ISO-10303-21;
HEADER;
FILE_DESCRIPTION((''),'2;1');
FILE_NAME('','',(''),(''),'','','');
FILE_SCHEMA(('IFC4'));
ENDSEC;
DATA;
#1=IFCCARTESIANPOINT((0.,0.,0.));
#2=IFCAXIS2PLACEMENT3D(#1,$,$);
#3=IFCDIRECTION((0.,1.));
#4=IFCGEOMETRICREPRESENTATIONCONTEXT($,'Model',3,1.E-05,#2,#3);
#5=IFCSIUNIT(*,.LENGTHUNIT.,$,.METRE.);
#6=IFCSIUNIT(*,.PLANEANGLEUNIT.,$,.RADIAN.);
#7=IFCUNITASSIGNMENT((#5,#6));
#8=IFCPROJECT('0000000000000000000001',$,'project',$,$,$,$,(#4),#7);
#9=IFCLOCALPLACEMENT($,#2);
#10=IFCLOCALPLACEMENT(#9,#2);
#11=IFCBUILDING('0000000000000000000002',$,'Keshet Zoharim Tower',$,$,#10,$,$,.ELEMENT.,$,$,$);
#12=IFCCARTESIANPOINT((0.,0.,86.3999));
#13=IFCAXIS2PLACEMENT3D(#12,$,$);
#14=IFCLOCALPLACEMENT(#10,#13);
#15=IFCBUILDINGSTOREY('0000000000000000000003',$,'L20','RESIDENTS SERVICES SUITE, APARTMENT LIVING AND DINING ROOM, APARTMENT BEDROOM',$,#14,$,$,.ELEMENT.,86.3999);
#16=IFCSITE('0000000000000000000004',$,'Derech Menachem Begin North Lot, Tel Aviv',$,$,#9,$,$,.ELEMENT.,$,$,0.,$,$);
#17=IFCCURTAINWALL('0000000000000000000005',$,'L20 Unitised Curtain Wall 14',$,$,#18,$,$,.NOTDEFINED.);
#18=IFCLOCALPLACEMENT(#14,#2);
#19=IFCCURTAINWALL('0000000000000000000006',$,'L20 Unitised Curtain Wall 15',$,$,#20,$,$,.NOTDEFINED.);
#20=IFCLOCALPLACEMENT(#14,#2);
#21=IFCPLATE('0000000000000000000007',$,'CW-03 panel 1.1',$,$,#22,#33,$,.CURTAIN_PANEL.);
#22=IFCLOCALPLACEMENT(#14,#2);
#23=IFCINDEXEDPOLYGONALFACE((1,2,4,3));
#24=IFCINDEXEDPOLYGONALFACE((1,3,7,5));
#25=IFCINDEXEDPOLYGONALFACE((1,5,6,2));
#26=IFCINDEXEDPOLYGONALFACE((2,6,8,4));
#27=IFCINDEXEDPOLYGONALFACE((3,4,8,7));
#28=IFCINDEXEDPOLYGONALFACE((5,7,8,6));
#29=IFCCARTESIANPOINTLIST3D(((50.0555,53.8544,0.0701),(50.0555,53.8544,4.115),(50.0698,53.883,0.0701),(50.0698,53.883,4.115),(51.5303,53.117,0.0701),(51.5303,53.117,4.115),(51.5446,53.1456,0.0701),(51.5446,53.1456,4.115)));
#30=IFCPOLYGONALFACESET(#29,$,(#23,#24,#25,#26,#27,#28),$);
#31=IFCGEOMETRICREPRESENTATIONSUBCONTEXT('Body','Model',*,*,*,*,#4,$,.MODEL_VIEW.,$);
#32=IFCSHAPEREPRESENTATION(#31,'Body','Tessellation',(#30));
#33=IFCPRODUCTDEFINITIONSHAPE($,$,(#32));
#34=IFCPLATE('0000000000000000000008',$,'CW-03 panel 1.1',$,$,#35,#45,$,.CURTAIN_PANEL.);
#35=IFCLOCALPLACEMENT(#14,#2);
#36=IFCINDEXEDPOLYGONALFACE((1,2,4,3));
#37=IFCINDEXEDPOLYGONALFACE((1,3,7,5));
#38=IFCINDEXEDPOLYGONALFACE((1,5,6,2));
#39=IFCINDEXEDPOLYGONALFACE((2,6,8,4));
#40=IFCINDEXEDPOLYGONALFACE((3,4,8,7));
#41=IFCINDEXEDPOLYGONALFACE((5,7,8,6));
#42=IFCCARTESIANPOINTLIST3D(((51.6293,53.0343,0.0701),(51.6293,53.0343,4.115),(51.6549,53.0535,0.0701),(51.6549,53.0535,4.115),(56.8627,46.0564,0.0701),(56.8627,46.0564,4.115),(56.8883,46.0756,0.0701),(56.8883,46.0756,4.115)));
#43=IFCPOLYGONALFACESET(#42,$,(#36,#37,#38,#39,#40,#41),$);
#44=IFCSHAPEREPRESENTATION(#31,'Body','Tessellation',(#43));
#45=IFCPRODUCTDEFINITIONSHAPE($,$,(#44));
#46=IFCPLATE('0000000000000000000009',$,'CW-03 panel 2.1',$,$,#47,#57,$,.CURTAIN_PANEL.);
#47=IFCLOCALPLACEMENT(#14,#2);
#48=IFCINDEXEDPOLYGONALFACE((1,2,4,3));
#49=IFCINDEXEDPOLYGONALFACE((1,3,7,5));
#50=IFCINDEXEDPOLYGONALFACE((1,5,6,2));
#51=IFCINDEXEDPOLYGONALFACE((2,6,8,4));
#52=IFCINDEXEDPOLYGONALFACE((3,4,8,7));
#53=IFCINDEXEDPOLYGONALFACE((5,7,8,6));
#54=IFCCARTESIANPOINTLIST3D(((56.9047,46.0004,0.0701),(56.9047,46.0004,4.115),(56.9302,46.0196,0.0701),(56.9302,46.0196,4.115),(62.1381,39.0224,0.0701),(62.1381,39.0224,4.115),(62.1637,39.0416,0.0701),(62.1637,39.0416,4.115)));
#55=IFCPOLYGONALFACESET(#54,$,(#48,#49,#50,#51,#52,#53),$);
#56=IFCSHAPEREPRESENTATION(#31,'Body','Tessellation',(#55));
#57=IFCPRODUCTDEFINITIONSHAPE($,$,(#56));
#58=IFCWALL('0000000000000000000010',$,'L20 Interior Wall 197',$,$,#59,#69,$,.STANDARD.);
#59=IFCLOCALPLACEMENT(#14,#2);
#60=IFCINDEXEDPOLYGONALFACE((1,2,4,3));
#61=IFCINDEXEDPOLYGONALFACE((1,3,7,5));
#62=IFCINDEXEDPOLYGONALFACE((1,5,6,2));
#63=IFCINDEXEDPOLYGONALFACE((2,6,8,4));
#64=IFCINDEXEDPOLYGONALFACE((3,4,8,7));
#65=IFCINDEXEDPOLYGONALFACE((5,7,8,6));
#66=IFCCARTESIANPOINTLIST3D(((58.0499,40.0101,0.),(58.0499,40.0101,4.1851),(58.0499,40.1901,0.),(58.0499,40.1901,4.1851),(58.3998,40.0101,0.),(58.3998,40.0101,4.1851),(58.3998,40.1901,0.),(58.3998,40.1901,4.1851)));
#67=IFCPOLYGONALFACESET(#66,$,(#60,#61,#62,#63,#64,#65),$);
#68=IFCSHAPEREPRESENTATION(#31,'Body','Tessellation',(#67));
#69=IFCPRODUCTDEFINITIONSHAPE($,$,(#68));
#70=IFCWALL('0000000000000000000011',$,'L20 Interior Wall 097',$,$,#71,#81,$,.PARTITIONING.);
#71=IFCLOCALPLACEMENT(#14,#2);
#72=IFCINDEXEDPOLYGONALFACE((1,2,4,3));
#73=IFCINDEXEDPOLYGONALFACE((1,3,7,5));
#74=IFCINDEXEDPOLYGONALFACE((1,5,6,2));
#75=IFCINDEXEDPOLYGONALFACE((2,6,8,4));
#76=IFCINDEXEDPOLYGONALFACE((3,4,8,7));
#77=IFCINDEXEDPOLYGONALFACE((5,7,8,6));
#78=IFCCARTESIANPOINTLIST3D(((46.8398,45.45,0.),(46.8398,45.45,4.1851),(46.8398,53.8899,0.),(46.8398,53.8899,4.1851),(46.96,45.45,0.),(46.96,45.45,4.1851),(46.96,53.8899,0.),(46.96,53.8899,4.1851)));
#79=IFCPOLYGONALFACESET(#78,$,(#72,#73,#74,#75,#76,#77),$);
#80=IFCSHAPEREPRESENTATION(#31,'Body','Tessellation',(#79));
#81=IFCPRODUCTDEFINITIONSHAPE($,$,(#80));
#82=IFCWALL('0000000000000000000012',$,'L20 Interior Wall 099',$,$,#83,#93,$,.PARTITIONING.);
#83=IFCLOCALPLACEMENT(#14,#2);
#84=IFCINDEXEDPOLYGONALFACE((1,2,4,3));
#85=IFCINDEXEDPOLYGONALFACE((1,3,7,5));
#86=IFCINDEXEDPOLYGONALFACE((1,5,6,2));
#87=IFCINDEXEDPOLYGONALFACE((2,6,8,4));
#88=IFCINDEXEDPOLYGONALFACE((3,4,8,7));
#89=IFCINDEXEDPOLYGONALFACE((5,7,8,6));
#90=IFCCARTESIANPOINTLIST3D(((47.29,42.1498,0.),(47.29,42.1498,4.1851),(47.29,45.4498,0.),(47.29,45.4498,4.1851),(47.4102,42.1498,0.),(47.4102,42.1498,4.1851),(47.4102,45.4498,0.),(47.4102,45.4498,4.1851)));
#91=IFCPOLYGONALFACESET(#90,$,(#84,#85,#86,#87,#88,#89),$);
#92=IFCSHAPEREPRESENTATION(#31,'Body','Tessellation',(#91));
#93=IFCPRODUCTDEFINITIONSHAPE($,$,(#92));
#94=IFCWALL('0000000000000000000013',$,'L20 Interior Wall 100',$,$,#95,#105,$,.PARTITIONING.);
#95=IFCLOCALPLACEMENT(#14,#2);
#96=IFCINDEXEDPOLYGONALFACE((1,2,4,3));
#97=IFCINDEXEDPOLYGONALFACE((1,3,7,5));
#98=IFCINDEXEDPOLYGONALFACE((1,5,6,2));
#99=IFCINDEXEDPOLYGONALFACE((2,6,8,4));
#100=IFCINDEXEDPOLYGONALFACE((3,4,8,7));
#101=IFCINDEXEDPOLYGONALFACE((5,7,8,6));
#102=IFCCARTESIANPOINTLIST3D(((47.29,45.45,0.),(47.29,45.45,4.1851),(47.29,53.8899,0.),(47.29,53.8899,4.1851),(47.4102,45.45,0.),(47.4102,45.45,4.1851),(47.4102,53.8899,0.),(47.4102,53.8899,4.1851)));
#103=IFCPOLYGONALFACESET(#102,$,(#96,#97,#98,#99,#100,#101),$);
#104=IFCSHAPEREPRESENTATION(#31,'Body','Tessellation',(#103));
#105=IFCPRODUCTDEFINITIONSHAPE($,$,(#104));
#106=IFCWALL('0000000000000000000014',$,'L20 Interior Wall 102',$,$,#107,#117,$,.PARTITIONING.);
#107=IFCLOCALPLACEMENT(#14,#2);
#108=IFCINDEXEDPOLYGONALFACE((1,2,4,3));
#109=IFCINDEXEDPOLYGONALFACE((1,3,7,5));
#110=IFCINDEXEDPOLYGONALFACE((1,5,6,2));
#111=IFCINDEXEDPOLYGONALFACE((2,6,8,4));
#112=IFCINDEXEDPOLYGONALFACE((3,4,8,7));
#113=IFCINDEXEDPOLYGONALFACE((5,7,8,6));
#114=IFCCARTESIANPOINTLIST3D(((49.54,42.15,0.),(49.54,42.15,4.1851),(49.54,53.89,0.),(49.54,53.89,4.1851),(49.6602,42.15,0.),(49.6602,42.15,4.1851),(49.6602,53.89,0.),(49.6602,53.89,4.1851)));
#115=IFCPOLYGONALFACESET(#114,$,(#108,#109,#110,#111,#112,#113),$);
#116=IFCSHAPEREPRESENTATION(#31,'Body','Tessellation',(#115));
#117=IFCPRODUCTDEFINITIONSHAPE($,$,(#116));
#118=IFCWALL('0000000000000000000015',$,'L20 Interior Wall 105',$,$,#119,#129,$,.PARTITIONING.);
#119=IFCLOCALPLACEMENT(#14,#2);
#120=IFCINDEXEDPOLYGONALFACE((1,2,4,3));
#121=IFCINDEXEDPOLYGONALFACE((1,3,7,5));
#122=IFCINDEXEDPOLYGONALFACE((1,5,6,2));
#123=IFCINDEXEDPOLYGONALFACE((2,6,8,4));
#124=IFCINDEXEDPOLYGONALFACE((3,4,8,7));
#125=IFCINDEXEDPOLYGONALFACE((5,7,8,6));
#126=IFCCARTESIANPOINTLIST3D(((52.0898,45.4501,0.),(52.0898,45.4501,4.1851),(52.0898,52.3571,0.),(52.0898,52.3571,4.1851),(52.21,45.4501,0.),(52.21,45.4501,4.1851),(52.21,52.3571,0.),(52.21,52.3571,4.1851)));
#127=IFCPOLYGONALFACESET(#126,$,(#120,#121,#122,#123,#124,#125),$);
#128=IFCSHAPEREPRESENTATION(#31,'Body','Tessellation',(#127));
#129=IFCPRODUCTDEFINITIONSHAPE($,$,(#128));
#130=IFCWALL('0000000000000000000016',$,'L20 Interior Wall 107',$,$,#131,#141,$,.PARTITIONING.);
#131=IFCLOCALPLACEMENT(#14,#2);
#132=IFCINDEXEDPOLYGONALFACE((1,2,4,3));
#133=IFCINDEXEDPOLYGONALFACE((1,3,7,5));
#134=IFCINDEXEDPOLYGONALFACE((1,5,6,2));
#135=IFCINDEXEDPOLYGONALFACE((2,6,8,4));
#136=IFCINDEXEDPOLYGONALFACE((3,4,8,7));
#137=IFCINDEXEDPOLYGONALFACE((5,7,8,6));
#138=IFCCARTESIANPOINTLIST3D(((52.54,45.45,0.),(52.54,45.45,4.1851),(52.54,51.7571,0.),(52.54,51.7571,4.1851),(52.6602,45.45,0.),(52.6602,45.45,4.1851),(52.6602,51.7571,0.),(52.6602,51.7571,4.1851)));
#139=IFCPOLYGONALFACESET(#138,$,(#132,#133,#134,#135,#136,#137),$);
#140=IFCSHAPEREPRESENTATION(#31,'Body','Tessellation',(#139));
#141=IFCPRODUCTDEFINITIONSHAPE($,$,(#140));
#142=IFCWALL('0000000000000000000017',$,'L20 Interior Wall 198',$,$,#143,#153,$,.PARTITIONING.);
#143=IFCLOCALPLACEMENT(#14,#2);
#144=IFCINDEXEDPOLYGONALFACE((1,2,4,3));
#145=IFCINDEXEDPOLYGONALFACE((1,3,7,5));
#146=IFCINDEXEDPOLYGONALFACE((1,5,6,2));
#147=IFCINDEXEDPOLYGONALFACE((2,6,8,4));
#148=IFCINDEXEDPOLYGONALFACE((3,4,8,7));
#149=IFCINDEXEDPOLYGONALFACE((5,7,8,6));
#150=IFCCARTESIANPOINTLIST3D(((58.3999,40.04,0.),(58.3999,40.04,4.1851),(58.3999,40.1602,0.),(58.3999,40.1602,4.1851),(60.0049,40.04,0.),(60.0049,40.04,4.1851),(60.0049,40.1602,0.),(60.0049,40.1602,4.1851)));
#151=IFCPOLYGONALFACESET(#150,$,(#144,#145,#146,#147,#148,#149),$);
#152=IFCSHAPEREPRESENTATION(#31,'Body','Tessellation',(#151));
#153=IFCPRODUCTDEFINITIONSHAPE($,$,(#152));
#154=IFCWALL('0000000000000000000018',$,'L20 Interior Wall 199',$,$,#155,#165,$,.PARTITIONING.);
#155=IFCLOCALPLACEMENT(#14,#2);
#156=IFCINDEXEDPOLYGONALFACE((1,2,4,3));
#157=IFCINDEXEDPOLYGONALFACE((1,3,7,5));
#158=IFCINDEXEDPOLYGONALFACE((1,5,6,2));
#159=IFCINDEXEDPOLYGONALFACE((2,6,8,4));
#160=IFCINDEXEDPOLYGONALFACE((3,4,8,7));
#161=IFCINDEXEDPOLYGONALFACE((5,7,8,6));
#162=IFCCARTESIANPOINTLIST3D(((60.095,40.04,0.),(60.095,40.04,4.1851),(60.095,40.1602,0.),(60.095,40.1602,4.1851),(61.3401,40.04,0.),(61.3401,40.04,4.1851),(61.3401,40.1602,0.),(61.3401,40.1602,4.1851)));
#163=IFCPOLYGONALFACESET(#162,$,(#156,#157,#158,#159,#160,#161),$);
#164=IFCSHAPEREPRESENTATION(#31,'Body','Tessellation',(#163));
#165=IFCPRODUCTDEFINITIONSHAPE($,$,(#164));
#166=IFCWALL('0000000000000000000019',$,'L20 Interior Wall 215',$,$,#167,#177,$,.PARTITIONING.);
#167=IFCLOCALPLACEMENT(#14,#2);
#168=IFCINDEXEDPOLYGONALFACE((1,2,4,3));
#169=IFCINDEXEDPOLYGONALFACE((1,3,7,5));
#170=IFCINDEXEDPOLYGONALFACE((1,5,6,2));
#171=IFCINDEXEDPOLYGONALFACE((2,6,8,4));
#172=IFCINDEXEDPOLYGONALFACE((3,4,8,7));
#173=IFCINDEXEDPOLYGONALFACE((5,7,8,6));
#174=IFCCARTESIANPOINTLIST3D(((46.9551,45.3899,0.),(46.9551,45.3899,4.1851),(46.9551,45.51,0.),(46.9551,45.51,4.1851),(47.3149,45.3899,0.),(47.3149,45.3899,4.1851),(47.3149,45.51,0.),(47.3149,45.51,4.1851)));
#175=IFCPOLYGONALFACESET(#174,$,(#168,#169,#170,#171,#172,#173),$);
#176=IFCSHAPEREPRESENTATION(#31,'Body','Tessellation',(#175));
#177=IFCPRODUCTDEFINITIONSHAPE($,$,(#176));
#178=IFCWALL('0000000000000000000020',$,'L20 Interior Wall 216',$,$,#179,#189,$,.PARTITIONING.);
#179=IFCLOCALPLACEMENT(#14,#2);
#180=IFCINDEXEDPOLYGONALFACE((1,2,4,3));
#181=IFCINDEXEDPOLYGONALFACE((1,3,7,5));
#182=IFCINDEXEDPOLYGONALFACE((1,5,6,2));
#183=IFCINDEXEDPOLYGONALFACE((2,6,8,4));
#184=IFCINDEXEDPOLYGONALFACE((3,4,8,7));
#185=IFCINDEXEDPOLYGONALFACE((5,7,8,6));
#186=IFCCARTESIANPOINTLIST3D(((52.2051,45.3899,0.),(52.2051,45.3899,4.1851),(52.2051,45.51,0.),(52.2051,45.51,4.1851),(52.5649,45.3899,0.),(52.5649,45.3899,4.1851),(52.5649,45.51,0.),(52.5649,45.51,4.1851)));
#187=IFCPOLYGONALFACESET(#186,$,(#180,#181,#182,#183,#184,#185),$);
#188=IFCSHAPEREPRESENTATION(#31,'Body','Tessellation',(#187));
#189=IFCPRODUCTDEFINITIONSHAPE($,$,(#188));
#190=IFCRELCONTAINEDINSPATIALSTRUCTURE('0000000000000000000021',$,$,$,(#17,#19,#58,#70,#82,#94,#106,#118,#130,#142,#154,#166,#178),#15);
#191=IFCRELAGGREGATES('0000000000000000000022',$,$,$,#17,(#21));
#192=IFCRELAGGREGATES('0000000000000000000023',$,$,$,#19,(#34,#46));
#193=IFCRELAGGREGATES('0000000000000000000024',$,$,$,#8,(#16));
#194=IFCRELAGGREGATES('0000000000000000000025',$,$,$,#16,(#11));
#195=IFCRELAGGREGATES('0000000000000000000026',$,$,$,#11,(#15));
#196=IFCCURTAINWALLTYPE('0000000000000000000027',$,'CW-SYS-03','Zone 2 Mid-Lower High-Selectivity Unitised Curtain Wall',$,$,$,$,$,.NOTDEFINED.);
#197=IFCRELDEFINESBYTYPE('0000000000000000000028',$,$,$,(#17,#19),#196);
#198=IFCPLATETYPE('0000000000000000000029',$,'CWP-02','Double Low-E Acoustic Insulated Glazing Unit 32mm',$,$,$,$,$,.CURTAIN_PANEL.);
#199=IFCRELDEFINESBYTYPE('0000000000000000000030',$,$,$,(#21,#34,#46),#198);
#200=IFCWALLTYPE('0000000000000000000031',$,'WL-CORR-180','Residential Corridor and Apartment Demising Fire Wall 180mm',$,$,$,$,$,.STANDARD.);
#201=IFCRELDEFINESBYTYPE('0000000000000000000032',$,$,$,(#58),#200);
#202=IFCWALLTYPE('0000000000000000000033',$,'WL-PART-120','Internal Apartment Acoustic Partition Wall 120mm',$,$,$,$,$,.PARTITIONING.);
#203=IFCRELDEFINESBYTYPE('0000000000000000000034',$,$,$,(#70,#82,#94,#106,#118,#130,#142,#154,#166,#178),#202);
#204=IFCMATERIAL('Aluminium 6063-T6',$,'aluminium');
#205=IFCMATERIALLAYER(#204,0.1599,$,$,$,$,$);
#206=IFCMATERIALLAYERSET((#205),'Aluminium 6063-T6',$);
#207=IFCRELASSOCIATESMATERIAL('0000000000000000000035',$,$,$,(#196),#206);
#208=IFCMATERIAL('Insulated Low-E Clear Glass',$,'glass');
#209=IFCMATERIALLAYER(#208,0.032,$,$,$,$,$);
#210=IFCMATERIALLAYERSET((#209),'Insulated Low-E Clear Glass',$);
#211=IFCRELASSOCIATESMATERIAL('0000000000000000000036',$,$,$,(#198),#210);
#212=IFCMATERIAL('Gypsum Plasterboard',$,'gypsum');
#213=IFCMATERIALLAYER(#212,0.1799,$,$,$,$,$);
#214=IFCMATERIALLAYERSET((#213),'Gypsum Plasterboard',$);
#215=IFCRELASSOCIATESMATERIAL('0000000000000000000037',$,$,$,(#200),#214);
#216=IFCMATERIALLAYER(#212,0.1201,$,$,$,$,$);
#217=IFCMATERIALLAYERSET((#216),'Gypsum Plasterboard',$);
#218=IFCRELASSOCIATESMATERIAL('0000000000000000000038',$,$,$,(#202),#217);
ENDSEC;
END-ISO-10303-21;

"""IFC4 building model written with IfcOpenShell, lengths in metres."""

from ifc_helpers import new_model, si_unit, direction, frame, frame_2d, origin, origin_2d, place, context, subcontext, project, spatial, rectangle, extrude, material, layer, layer_set, type_object, element, aggregate, save


model = new_model("IFC4")

# Units and contexts
model_context = context("Model", 3, precision=1e-05, world=origin(), true_north=direction((0.0, 1.0)))
body_context = subcontext(model_context, "Body", "Model", "MODEL_VIEW")
ifc_project = project(units=[si_unit("LENGTHUNIT", "METRE"), si_unit("PLANEANGLEUNIT", "RADIAN")], contexts=[model_context])

# Site, building, storey
site_placement = place(None, origin())
site = spatial("IfcSite", under=ifc_project, at=site_placement, Name="Derech Menachem Begin North Lot, Tel Aviv", CompositionType="ELEMENT", RefElevation=0.0)
building_placement = place(site_placement, origin())
building = spatial("IfcBuilding", under=site, at=building_placement, Name="Keshet Zoharim Tower", CompositionType="ELEMENT")
storey_placement = place(building_placement, frame((0.0, 0.0, 86.3999)))
storey = spatial("IfcBuildingStorey", under=building, at=storey_placement, Name="L20", Description="RESIDENTS SERVICES SUITE, APARTMENT LIVING AND DINING ROOM, APARTMENT BEDROOM", CompositionType="ELEMENT", Elevation=86.3999)

# Shared definitions
ifc_material_1 = material(Name="Aluminium 6063-T6", Category="aluminium")
ifc_layer_1 = layer(ifc_material_1, 0.1599)
ifc_layer_set_1 = layer_set([ifc_layer_1], Name="Aluminium 6063-T6")
curtain_wall_type = type_object("IfcCurtainWallType", Name="CW-SYS-03", Description="Zone 2 Mid-Lower High-Selectivity Unitised Curtain Wall", PredefinedType="NOTDEFINED", material=ifc_layer_set_1)

# Curtain walls
curtain_wall_1_placement = place(storey_placement, origin())
curtain_wall_1 = element("IfcCurtainWall", 1, at=curtain_wall_1_placement, inside=storey, type_object=curtain_wall_type, Name="L20 Unitised Curtain Wall 14", PredefinedType="NOTDEFINED")
curtain_wall_2_placement = place(storey_placement, origin())
curtain_wall_2 = element("IfcCurtainWall", 2, at=curtain_wall_2_placement, inside=storey, type_object=curtain_wall_type, Name="L20 Unitised Curtain Wall 15", PredefinedType="NOTDEFINED")

# Plates
ifc_material_2 = material(Name="Insulated Low-E Clear Glass", Category="glass")
ifc_layer_2 = layer(ifc_material_2, 0.032)
ifc_layer_set_2 = layer_set([ifc_layer_2], Name="Insulated Low-E Clear Glass")
plate_type = type_object("IfcPlateType", Name="CWP-02", Description="Double Low-E Acoustic Insulated Glazing Unit 32mm", PredefinedType="CURTAIN_PANEL", material=ifc_layer_set_2)
plate_1_placement = place(storey_placement, frame((50.8, 53.5, 0.0701), z_axis=(0.0, 0.0, 1.0), x_axis=(0.894427, -0.447214, 0.0)))
plate_1 = element("IfcPlate", 3, at=plate_1_placement, type_object=plate_type, Name="CW-03 panel 1.1", PredefinedType="CURTAIN_PANEL", context=body_context, shape_type="SweptSolid", body=[
    extrude(rectangle(XDim=1.6489, YDim=0.032, at=origin_2d()), origin(), (0.0, 0.0, 1.0), 4.0449),
])
aggregate(curtain_wall_1, [plate_1])
plate_2_placement = place(storey_placement, frame((54.2588, 49.5549, 0.0701), z_axis=(0.0, 0.0, 1.0), x_axis=(0.6, -0.8, 0.0)))
plate_2 = element("IfcPlate", 4, at=plate_2_placement, type_object=plate_type, Name="CW-03 panel 1.1", PredefinedType="CURTAIN_PANEL", context=body_context, shape_type="SweptSolid", body=[
    extrude(rectangle(XDim=8.7224, YDim=0.032, at=origin_2d()), origin(), (0.0, 0.0, 1.0), 4.0449),
])
plate_3_placement = place(storey_placement, frame((59.5342, 42.521, 0.0701), z_axis=(0.0, 0.0, 1.0), x_axis=(0.6, -0.8, 0.0)))
plate_3 = element("IfcPlate", 5, at=plate_3_placement, type_object=plate_type, Name="CW-03 panel 2.1", PredefinedType="CURTAIN_PANEL", context=body_context, shape_type="SweptSolid", body=[
    extrude(rectangle(XDim=8.7224, YDim=0.032, at=origin_2d()), origin(), (0.0, 0.0, 1.0), 4.0449),
])
aggregate(curtain_wall_2, [plate_2, plate_3])

# Walls
ifc_material_3 = material(Name="Gypsum Plasterboard", Category="gypsum")
ifc_layer_3 = layer(ifc_material_3, 0.1799)
ifc_layer_set_3 = layer_set([ifc_layer_3], Name="Gypsum Plasterboard")
wall_type_1 = type_object("IfcWallType", Name="WL-CORR-180", Description="Residential Corridor and Apartment Demising Fire Wall 180mm", PredefinedType="STANDARD", material=ifc_layer_set_3)
wall_1_placement = place(storey_placement, frame((58.05, 40.1001, 0.0), z_axis=(0.0, 0.0, 1.0), x_axis=(1.0, 0.0, 0.0)))
element("IfcWall", 6, at=wall_1_placement, inside=storey, type_object=wall_type_1, Name="L20 Interior Wall 197", PredefinedType="STANDARD", context=body_context, shape_type="SweptSolid", body=[
    extrude(rectangle(XDim=0.3499, YDim=0.1799, at=frame_2d((0.1748, 0.0))), origin(), (0.0, 0.0, 1.0), 4.1851),
])
ifc_layer_4 = layer(ifc_material_3, 0.1201)
ifc_layer_set_4 = layer_set([ifc_layer_4], Name="Gypsum Plasterboard")
wall_type_2 = type_object("IfcWallType", Name="WL-PART-120", Description="Internal Apartment Acoustic Partition Wall 120mm", PredefinedType="PARTITIONING", material=ifc_layer_set_4)
wall_2_placement = place(storey_placement, frame((46.8999, 45.45, 0.0), z_axis=(0.0, 0.0, 1.0), x_axis=(0.0, 1.0, 0.0)))
element("IfcWall", 7, at=wall_2_placement, inside=storey, type_object=wall_type_2, Name="L20 Interior Wall 097", PredefinedType="PARTITIONING", context=body_context, shape_type="SweptSolid", body=[
    extrude(rectangle(XDim=8.4399, YDim=0.1201, at=frame_2d((4.22, 0.0))), origin(), (0.0, 0.0, 1.0), 4.1851),
])
wall_3_placement = place(storey_placement, frame((47.3501, 42.1499, 0.0), z_axis=(0.0, 0.0, 1.0), x_axis=(0.0, 1.0, 0.0)))
element("IfcWall", 8, at=wall_3_placement, inside=storey, type_object=wall_type_2, Name="L20 Interior Wall 099", PredefinedType="PARTITIONING", context=body_context, shape_type="SweptSolid", body=[
    extrude(rectangle(XDim=3.3, YDim=0.1201, at=frame_2d((1.6499, 0.0))), origin(), (0.0, 0.0, 1.0), 4.1851),
])
wall_4_placement = place(storey_placement, frame((47.3501, 45.45, 0.0), z_axis=(0.0, 0.0, 1.0), x_axis=(0.0, 1.0, 0.0)))
element("IfcWall", 9, at=wall_4_placement, inside=storey, type_object=wall_type_2, Name="L20 Interior Wall 100", PredefinedType="PARTITIONING", context=body_context, shape_type="SweptSolid", body=[
    extrude(rectangle(XDim=8.4399, YDim=0.1201, at=frame_2d((4.22, 0.0))), origin(), (0.0, 0.0, 1.0), 4.1851),
])
wall_5_placement = place(storey_placement, frame((49.6001, 42.1499, 0.0), z_axis=(0.0, 0.0, 1.0), x_axis=(0.0, 1.0, 0.0)))
element("IfcWall", 10, at=wall_5_placement, inside=storey, type_object=wall_type_2, Name="L20 Interior Wall 102", PredefinedType="PARTITIONING", context=body_context, shape_type="SweptSolid", body=[
    extrude(rectangle(XDim=11.74, YDim=0.1201, at=frame_2d((5.8701, 0.0))), origin(), (0.0, 0.0, 1.0), 4.1851),
])
wall_6_placement = place(storey_placement, frame((52.1499, 45.45, 0.0), z_axis=(0.0, 0.0, 1.0), x_axis=(0.0, 1.0, 0.0)))
element("IfcWall", 11, at=wall_6_placement, inside=storey, type_object=wall_type_2, Name="L20 Interior Wall 105", PredefinedType="PARTITIONING", context=body_context, shape_type="SweptSolid", body=[
    extrude(rectangle(XDim=6.907, YDim=0.1201, at=frame_2d((3.4536, 0.0))), origin(), (0.0, 0.0, 1.0), 4.1851),
])
wall_7_placement = place(storey_placement, frame((52.6001, 45.45, 0.0), z_axis=(0.0, 0.0, 1.0), x_axis=(0.0, 1.0, 0.0)))
element("IfcWall", 12, at=wall_7_placement, inside=storey, type_object=wall_type_2, Name="L20 Interior Wall 107", PredefinedType="PARTITIONING", context=body_context, shape_type="SweptSolid", body=[
    extrude(rectangle(XDim=6.3071, YDim=0.1201, at=frame_2d((3.1536, 0.0))), origin(), (0.0, 0.0, 1.0), 4.1851),
])
wall_8_placement = place(storey_placement, frame((58.3999, 40.1001, 0.0), z_axis=(0.0, 0.0, 1.0), x_axis=(1.0, 0.0, 0.0)))
element("IfcWall", 13, at=wall_8_placement, inside=storey, type_object=wall_type_2, Name="L20 Interior Wall 198", PredefinedType="PARTITIONING", context=body_context, shape_type="SweptSolid", body=[
    extrude(rectangle(XDim=1.605, YDim=0.1201, at=frame_2d((0.8025, 0.0))), origin(), (0.0, 0.0, 1.0), 4.1851),
])
wall_9_placement = place(storey_placement, frame((60.095, 40.1001, 0.0), z_axis=(0.0, 0.0, 1.0), x_axis=(1.0, 0.0, 0.0)))
element("IfcWall", 14, at=wall_9_placement, inside=storey, type_object=wall_type_2, Name="L20 Interior Wall 199", PredefinedType="PARTITIONING", context=body_context, shape_type="SweptSolid", body=[
    extrude(rectangle(XDim=1.2451, YDim=0.1201, at=frame_2d((0.6226, 0.0))), origin(), (0.0, 0.0, 1.0), 4.1851),
])

# Walls
for number, where, z_axis, x_axis, name in (
    (15, (46.9551, 45.45, 0.0), (0.0, 0.0, 1.0), (1.0, 0.0, 0.0), "L20 Interior Wall 215"),
    (16, (52.2051, 45.45, 0.0), (0.0, 0.0, 1.0), (1.0, 0.0, 0.0), "L20 Interior Wall 216"),
):
    element("IfcWall", number, at=place(storey_placement, frame(where, z_axis=z_axis, x_axis=x_axis)), inside=storey, type_object=wall_type_2, Name=name, PredefinedType="PARTITIONING", context=body_context, shape_type="SweptSolid", body=[
        extrude(rectangle(XDim=0.3599, YDim=0.1201, at=frame_2d((0.1799, 0.0))), origin(), (0.0, 0.0, 1.0), 4.1851),
    ])

save(model, "model.ifc")
